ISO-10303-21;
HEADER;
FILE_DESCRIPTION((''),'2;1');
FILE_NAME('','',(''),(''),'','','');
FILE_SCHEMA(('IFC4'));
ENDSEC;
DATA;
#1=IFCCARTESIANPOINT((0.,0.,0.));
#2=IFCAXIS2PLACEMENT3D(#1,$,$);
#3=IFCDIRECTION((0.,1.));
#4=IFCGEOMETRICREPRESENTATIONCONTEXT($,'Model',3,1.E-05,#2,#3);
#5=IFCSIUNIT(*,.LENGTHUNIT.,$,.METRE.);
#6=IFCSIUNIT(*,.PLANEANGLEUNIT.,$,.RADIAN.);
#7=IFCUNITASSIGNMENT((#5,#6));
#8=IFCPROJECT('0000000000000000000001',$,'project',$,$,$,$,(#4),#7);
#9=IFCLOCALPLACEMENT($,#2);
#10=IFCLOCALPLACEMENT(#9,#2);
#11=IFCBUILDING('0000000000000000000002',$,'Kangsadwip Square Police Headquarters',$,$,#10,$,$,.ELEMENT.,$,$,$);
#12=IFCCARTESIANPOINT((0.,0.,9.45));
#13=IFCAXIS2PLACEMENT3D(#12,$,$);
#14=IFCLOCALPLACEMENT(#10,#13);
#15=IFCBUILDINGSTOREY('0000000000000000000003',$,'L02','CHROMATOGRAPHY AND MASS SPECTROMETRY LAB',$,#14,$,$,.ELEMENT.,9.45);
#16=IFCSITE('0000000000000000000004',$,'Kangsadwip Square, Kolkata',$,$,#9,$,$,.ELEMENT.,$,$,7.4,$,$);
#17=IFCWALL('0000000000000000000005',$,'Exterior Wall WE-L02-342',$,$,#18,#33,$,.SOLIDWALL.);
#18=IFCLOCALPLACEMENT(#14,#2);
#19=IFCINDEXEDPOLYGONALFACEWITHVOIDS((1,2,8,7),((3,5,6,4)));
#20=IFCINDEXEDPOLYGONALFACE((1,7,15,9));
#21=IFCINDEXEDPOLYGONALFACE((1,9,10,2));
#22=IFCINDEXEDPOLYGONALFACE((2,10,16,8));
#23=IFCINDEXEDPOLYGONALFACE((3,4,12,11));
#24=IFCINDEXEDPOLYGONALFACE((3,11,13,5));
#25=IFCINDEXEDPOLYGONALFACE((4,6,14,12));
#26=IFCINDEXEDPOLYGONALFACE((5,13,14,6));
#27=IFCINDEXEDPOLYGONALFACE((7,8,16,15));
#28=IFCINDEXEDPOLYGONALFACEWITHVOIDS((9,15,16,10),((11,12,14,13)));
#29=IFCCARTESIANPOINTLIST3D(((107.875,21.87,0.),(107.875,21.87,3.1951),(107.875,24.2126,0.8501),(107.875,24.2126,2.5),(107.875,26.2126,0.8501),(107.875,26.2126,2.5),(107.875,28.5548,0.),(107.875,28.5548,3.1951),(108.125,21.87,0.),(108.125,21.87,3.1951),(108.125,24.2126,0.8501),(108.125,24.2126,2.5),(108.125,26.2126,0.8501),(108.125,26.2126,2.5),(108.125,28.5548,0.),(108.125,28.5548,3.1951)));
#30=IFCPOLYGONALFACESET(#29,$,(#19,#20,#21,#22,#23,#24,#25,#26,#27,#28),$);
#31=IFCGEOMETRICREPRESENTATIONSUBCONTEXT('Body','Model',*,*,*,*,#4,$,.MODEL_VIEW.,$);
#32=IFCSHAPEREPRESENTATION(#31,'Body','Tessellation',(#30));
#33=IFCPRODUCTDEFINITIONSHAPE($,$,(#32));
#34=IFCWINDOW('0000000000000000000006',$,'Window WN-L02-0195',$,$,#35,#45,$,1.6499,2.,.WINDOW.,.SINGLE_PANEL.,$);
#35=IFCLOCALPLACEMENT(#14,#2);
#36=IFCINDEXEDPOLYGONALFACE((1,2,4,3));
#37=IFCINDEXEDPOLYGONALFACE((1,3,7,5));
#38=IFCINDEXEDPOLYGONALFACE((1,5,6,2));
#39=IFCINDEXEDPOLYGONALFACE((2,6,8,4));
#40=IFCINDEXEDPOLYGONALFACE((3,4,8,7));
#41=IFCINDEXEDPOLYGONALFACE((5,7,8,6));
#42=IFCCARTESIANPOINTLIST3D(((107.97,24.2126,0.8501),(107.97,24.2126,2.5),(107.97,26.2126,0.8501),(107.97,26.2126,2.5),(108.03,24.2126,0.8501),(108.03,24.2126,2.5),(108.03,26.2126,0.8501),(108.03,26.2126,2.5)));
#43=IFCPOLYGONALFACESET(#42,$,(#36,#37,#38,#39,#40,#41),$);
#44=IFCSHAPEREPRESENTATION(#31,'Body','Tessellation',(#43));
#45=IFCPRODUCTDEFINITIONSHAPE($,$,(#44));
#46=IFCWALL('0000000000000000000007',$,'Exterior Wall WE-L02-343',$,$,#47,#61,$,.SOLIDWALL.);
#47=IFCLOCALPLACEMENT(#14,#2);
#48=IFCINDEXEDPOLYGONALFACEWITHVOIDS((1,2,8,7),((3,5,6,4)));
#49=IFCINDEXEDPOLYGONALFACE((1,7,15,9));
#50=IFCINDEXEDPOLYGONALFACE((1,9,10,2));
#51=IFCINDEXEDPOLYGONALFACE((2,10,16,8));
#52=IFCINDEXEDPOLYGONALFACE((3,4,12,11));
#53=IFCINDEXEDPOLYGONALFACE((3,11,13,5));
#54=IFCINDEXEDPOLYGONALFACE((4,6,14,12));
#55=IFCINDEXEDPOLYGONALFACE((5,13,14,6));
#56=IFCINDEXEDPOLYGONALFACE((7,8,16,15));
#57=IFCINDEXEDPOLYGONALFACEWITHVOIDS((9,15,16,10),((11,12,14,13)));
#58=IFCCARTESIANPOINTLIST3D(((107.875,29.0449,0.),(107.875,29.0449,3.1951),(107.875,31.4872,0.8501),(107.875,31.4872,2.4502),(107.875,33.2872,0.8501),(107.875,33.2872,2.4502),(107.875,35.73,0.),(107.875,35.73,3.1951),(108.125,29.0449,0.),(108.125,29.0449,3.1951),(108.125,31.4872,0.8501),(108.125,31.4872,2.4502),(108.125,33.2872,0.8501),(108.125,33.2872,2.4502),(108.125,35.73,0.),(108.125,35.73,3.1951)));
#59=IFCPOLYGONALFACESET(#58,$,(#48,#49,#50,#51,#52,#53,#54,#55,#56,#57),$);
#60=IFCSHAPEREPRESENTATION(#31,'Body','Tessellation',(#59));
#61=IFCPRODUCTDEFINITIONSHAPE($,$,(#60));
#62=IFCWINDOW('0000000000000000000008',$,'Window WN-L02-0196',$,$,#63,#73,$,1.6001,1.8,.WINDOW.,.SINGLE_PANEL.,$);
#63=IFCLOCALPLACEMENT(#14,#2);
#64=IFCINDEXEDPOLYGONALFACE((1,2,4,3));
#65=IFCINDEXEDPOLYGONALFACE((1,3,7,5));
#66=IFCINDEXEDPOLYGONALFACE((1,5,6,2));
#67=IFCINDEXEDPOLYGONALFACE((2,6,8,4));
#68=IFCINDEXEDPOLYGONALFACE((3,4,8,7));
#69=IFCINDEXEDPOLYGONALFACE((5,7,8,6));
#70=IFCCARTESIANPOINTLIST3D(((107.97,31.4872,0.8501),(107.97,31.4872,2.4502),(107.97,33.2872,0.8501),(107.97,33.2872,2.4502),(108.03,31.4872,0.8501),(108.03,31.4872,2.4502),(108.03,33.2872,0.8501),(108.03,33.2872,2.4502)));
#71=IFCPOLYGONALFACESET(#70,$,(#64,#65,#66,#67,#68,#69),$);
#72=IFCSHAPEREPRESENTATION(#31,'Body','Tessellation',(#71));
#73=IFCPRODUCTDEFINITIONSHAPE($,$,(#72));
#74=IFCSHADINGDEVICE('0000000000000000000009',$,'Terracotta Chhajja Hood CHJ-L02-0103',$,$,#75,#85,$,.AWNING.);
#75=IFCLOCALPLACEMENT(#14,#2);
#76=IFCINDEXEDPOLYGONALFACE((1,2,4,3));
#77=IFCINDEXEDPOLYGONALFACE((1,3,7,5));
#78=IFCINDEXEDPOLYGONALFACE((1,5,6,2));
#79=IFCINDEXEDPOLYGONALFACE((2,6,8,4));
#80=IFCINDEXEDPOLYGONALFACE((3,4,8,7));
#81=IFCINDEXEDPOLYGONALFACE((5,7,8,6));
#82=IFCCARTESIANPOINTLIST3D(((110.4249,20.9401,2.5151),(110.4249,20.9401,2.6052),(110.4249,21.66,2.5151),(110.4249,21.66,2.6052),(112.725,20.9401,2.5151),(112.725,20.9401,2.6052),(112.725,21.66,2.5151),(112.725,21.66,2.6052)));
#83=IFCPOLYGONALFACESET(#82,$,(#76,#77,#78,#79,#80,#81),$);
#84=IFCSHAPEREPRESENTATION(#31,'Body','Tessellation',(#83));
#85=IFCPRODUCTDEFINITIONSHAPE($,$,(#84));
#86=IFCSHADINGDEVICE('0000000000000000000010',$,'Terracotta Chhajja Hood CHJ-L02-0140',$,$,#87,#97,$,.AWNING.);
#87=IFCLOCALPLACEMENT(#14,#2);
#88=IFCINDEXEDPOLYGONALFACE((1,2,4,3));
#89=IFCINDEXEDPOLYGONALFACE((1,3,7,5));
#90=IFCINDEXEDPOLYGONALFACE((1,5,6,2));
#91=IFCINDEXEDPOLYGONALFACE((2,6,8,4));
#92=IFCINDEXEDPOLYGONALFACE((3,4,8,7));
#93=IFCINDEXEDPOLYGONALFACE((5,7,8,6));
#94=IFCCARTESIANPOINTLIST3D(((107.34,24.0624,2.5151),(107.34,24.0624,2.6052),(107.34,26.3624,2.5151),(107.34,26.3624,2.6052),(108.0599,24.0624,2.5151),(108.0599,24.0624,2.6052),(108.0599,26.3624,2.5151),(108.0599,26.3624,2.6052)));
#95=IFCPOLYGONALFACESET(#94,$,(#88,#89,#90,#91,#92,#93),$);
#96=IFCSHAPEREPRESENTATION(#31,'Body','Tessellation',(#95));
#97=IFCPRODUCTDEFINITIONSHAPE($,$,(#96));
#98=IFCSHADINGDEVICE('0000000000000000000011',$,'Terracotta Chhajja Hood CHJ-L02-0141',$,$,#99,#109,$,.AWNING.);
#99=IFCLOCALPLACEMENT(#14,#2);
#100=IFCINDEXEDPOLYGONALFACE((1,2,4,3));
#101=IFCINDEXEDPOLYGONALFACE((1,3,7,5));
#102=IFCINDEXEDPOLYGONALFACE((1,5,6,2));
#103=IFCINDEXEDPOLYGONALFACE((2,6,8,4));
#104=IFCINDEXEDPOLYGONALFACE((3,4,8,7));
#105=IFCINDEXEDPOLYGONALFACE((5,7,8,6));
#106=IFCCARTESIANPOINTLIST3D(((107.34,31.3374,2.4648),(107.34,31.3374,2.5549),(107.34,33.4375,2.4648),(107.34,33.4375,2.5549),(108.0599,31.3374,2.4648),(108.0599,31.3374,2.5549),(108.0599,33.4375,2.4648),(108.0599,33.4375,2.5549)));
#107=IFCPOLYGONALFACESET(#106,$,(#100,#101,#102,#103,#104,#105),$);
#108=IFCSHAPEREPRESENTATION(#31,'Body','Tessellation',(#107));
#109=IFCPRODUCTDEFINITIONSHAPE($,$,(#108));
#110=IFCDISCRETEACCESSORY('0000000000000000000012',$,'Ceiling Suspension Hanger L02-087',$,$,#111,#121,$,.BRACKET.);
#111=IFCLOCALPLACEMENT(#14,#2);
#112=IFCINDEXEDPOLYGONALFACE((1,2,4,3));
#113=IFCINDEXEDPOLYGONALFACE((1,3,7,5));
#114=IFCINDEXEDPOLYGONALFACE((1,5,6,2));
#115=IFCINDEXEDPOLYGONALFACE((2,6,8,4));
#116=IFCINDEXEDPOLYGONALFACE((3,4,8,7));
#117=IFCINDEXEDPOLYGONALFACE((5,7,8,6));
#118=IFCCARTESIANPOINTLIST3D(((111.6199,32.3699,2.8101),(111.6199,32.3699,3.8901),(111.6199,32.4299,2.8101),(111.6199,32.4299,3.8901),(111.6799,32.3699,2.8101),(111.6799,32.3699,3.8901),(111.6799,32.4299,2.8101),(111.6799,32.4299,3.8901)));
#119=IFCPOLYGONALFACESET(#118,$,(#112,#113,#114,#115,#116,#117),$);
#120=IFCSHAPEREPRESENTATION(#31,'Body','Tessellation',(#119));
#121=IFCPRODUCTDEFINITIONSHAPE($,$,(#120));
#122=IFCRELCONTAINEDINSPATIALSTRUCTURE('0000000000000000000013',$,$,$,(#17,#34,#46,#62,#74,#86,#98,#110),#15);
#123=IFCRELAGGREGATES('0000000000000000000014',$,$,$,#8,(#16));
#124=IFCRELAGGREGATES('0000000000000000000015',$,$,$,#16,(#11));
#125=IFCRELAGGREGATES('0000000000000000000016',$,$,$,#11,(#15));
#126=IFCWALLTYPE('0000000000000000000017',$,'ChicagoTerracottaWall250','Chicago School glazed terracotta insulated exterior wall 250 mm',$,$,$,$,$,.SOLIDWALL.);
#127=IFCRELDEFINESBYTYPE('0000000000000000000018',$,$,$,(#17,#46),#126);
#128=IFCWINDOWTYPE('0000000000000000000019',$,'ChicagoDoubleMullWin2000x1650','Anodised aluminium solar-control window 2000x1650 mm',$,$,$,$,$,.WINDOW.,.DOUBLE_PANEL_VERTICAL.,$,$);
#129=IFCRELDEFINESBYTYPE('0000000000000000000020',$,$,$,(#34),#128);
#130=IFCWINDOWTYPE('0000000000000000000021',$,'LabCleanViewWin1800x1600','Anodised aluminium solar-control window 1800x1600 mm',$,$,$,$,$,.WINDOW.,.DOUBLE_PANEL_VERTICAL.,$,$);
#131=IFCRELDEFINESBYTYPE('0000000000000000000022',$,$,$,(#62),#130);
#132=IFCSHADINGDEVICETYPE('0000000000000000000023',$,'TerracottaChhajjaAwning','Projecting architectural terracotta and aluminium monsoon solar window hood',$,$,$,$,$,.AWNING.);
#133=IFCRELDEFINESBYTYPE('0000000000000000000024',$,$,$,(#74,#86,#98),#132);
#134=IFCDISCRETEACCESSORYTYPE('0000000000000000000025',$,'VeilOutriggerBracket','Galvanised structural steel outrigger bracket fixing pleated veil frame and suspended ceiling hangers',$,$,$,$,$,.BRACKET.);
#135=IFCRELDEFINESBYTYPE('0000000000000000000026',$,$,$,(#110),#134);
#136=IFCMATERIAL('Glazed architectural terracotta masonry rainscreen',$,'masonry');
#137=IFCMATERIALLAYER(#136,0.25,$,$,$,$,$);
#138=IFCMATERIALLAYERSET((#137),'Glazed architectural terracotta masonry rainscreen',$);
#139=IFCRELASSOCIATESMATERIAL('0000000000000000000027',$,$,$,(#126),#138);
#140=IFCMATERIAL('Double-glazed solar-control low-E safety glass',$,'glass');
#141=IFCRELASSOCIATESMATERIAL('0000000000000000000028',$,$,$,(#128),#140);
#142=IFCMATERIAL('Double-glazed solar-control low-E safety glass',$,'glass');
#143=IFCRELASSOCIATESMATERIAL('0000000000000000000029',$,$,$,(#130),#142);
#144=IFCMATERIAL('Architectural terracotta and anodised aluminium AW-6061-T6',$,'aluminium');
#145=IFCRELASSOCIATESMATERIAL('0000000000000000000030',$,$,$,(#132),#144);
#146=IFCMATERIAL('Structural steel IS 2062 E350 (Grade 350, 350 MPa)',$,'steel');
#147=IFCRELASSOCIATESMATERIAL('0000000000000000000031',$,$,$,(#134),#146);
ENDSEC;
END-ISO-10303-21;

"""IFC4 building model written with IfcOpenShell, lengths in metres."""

from ifc_helpers import new_model, si_unit, direction, frame, frame_2d, origin, origin_2d, place, context, subcontext, project, spatial, rectangle, extrude, material, layer, layer_set, type_object, element, fill, save


model = new_model("IFC4")

# Units and contexts
model_context = context("Model", 3, precision=1e-05, world=origin(), true_north=direction((0.0, 1.0)))
body_context = subcontext(model_context, "Body", "Model", "MODEL_VIEW")
ifc_project = project(units=[si_unit("LENGTHUNIT", "METRE"), si_unit("PLANEANGLEUNIT", "RADIAN")], contexts=[model_context])

# Site, building, storey
site_placement = place(None, origin())
site = spatial("IfcSite", under=ifc_project, at=site_placement, Name="Kangsadwip Square, Kolkata", CompositionType="ELEMENT", RefElevation=7.4)
building_placement = place(site_placement, origin())
building = spatial("IfcBuilding", under=site, at=building_placement, Name="Kangsadwip Square Police Headquarters", CompositionType="ELEMENT")
storey_placement = place(building_placement, frame((0.0, 0.0, 9.45)))
storey = spatial("IfcBuildingStorey", under=building, at=storey_placement, Name="L02", Description="CHROMATOGRAPHY AND MASS SPECTROMETRY LAB", CompositionType="ELEMENT", Elevation=9.45)

# Walls, openings, windows
ifc_material_1 = material(Name="Glazed architectural terracotta masonry rainscreen", Category="masonry")
ifc_layer_1 = layer(ifc_material_1, 0.25)
ifc_layer_set_1 = layer_set([ifc_layer_1], Name="Glazed architectural terracotta masonry rainscreen")
wall_type_1 = type_object("IfcWallType", Name="ChicagoTerracottaWall250", Description="Chicago School glazed terracotta insulated exterior wall 250 mm", PredefinedType="SOLIDWALL", material=ifc_layer_set_1)
ifc_material_2 = material(Name="Double-glazed solar-control low-E safety glass", Category="glass")
window_type_1 = type_object("IfcWindowType", Name="ChicagoDoubleMullWin2000x1650", Description="Anodised aluminium solar-control window 2000x1650 mm", PartitioningType="DOUBLE_PANEL_VERTICAL", PredefinedType="WINDOW", material=ifc_material_2)
wall_1_placement = place(storey_placement, frame((108.0, 21.8701, 0.0), z_axis=(0.0, 0.0, 1.0), x_axis=(0.0, 1.0, 0.0)))
wall_1 = element("IfcWall", 1, at=wall_1_placement, inside=storey, type_object=wall_type_1, Name="Exterior Wall WE-L02-342", PredefinedType="SOLIDWALL", context=body_context, shape_type="SweptSolid", body=[
    extrude(rectangle(XDim=6.6848, YDim=0.25, at=frame_2d((3.3423, 0.0))), origin(), (0.0, 0.0, 1.0), 3.1951),
])
opening_1_placement = place(wall_1_placement, frame((2.3425, 0.0, 0.8501)))
opening_1 = element("IfcOpeningElement", 2, at=opening_1_placement, cuts=wall_1, PredefinedType="OPENING", context=body_context, shape_type="SweptSolid", body=[
    extrude(rectangle(XDim=2.0, YDim=1.6499, at=frame_2d((1.0, 0.825))), frame((0.0, 0.135, 0.0), z_axis=(0.0, -1.0, 0.0), x_axis=(1.0, 0.0, 0.0)), (0.0, 0.0, 1.0), 0.27),
])
window_1_placement = place(opening_1_placement, origin())
window_1 = element("IfcWindow", 3, at=window_1_placement, inside=storey, type_object=window_type_1, Name="Window WN-L02-0195", OverallHeight=1.6499, OverallWidth=2.0, PartitioningType="SINGLE_PANEL", PredefinedType="WINDOW", context=body_context, shape_type="SweptSolid", body=[
    extrude(rectangle(XDim=2.0, YDim=1.6499, at=frame_2d((1.0, 0.825))), frame((0.0, 0.03, 0.0), z_axis=(0.0, -1.0, 0.0), x_axis=(1.0, 0.0, 0.0)), (0.0, 0.0, 1.0), 0.0601),
])
fill(opening_1, window_1)
wall_2_placement = place(storey_placement, frame((108.0, 29.0449, 0.0), z_axis=(0.0, 0.0, 1.0), x_axis=(0.0, 1.0, 0.0)))
wall_2 = element("IfcWall", 4, at=wall_2_placement, inside=storey, type_object=wall_type_1, Name="Exterior Wall WE-L02-343", PredefinedType="SOLIDWALL", context=body_context, shape_type="SweptSolid", body=[
    extrude(rectangle(XDim=6.6851, YDim=0.25, at=frame_2d((3.3425, 0.0))), origin(), (0.0, 0.0, 1.0), 3.1951),
])
opening_2_placement = place(wall_2_placement, frame((2.4424, 0.0, 0.8501)))
opening_2 = element("IfcOpeningElement", 5, at=opening_2_placement, cuts=wall_2, PredefinedType="OPENING", context=body_context, shape_type="SweptSolid", body=[
    extrude(rectangle(XDim=1.8, YDim=1.6001, at=frame_2d((0.8999, 0.8))), frame((0.0, 0.135, 0.0), z_axis=(0.0, -1.0, 0.0), x_axis=(1.0, 0.0, 0.0)), (0.0, 0.0, 1.0), 0.27),
])
ifc_material_3 = material(Name="Double-glazed solar-control low-E safety glass", Category="glass")
window_type_2 = type_object("IfcWindowType", Name="LabCleanViewWin1800x1600", Description="Anodised aluminium solar-control window 1800x1600 mm", PartitioningType="DOUBLE_PANEL_VERTICAL", PredefinedType="WINDOW", material=ifc_material_3)
window_2_placement = place(opening_2_placement, origin())
window_2 = element("IfcWindow", 6, at=window_2_placement, inside=storey, type_object=window_type_2, Name="Window WN-L02-0196", OverallHeight=1.6001, OverallWidth=1.8, PartitioningType="SINGLE_PANEL", PredefinedType="WINDOW", context=body_context, shape_type="SweptSolid", body=[
    extrude(rectangle(XDim=1.8, YDim=1.6001, at=frame_2d((0.8999, 0.8))), frame((0.0, 0.03, 0.0), z_axis=(0.0, -1.0, 0.0), x_axis=(1.0, 0.0, 0.0)), (0.0, 0.0, 1.0), 0.0601),
])
fill(opening_2, window_2)

# Shading devices
ifc_material_4 = material(Name="Architectural terracotta and anodised aluminium AW-6061-T6", Category="aluminium")
shading_device_type = type_object("IfcShadingDeviceType", Name="TerracottaChhajjaAwning", Description="Projecting architectural terracotta and aluminium monsoon solar window hood", PredefinedType="AWNING", material=ifc_material_4)
for number, where, z_axis, x_axis, name in (
    (7, (111.575, 21.3, 2.5151), (0.0, 0.0, 1.0), (1.0, 0.0, 0.0), "Terracotta Chhajja Hood CHJ-L02-0103"),
    (8, (107.7, 25.2124, 2.5151), (0.0, 0.0, 1.0), (0.0, 1.0, 0.0), "Terracotta Chhajja Hood CHJ-L02-0140"),
):
    element("IfcShadingDevice", number, at=place(storey_placement, frame(where, z_axis=z_axis, x_axis=x_axis)), inside=storey, type_object=shading_device_type, Name=name, PredefinedType="AWNING", context=body_context, shape_type="SweptSolid", body=[
        extrude(rectangle(XDim=2.3, YDim=0.72, at=origin_2d()), origin(), (0.0, 0.0, 1.0), 0.0901),
    ])
shading_device_placement = place(storey_placement, frame((107.7, 32.3875, 2.4648), z_axis=(0.0, 0.0, 1.0), x_axis=(0.0, 1.0, 0.0)))
element("IfcShadingDevice", 9, at=shading_device_placement, inside=storey, type_object=shading_device_type, Name="Terracotta Chhajja Hood CHJ-L02-0141", PredefinedType="AWNING", context=body_context, shape_type="SweptSolid", body=[
    extrude(rectangle(XDim=2.1001, YDim=0.72, at=origin_2d()), origin(), (0.0, 0.0, 1.0), 0.0901),
])

# Discrete accessory
ifc_material_5 = material(Name="Structural steel IS 2062 E350 (Grade 350, 350 MPa)", Category="steel")
discrete_accessory_type = type_object("IfcDiscreteAccessoryType", Name="VeilOutriggerBracket", Description="Galvanised structural steel outrigger bracket fixing pleated veil frame and suspended ceiling hangers", PredefinedType="BRACKET", material=ifc_material_5)
discrete_accessory_placement = place(storey_placement, frame((111.6499, 32.3999, 2.8101), z_axis=(0.0, 0.0, 1.0), x_axis=(1.0, 0.0, 0.0)))
element("IfcDiscreteAccessory", 10, at=discrete_accessory_placement, inside=storey, type_object=discrete_accessory_type, Name="Ceiling Suspension Hanger L02-087", PredefinedType="BRACKET", context=body_context, shape_type="SweptSolid", body=[
    extrude(rectangle(XDim=0.0601, YDim=0.0601, at=origin_2d()), origin(), (0.0, 0.0, 1.0), 1.0801),
])

save(model, "model.ifc")
